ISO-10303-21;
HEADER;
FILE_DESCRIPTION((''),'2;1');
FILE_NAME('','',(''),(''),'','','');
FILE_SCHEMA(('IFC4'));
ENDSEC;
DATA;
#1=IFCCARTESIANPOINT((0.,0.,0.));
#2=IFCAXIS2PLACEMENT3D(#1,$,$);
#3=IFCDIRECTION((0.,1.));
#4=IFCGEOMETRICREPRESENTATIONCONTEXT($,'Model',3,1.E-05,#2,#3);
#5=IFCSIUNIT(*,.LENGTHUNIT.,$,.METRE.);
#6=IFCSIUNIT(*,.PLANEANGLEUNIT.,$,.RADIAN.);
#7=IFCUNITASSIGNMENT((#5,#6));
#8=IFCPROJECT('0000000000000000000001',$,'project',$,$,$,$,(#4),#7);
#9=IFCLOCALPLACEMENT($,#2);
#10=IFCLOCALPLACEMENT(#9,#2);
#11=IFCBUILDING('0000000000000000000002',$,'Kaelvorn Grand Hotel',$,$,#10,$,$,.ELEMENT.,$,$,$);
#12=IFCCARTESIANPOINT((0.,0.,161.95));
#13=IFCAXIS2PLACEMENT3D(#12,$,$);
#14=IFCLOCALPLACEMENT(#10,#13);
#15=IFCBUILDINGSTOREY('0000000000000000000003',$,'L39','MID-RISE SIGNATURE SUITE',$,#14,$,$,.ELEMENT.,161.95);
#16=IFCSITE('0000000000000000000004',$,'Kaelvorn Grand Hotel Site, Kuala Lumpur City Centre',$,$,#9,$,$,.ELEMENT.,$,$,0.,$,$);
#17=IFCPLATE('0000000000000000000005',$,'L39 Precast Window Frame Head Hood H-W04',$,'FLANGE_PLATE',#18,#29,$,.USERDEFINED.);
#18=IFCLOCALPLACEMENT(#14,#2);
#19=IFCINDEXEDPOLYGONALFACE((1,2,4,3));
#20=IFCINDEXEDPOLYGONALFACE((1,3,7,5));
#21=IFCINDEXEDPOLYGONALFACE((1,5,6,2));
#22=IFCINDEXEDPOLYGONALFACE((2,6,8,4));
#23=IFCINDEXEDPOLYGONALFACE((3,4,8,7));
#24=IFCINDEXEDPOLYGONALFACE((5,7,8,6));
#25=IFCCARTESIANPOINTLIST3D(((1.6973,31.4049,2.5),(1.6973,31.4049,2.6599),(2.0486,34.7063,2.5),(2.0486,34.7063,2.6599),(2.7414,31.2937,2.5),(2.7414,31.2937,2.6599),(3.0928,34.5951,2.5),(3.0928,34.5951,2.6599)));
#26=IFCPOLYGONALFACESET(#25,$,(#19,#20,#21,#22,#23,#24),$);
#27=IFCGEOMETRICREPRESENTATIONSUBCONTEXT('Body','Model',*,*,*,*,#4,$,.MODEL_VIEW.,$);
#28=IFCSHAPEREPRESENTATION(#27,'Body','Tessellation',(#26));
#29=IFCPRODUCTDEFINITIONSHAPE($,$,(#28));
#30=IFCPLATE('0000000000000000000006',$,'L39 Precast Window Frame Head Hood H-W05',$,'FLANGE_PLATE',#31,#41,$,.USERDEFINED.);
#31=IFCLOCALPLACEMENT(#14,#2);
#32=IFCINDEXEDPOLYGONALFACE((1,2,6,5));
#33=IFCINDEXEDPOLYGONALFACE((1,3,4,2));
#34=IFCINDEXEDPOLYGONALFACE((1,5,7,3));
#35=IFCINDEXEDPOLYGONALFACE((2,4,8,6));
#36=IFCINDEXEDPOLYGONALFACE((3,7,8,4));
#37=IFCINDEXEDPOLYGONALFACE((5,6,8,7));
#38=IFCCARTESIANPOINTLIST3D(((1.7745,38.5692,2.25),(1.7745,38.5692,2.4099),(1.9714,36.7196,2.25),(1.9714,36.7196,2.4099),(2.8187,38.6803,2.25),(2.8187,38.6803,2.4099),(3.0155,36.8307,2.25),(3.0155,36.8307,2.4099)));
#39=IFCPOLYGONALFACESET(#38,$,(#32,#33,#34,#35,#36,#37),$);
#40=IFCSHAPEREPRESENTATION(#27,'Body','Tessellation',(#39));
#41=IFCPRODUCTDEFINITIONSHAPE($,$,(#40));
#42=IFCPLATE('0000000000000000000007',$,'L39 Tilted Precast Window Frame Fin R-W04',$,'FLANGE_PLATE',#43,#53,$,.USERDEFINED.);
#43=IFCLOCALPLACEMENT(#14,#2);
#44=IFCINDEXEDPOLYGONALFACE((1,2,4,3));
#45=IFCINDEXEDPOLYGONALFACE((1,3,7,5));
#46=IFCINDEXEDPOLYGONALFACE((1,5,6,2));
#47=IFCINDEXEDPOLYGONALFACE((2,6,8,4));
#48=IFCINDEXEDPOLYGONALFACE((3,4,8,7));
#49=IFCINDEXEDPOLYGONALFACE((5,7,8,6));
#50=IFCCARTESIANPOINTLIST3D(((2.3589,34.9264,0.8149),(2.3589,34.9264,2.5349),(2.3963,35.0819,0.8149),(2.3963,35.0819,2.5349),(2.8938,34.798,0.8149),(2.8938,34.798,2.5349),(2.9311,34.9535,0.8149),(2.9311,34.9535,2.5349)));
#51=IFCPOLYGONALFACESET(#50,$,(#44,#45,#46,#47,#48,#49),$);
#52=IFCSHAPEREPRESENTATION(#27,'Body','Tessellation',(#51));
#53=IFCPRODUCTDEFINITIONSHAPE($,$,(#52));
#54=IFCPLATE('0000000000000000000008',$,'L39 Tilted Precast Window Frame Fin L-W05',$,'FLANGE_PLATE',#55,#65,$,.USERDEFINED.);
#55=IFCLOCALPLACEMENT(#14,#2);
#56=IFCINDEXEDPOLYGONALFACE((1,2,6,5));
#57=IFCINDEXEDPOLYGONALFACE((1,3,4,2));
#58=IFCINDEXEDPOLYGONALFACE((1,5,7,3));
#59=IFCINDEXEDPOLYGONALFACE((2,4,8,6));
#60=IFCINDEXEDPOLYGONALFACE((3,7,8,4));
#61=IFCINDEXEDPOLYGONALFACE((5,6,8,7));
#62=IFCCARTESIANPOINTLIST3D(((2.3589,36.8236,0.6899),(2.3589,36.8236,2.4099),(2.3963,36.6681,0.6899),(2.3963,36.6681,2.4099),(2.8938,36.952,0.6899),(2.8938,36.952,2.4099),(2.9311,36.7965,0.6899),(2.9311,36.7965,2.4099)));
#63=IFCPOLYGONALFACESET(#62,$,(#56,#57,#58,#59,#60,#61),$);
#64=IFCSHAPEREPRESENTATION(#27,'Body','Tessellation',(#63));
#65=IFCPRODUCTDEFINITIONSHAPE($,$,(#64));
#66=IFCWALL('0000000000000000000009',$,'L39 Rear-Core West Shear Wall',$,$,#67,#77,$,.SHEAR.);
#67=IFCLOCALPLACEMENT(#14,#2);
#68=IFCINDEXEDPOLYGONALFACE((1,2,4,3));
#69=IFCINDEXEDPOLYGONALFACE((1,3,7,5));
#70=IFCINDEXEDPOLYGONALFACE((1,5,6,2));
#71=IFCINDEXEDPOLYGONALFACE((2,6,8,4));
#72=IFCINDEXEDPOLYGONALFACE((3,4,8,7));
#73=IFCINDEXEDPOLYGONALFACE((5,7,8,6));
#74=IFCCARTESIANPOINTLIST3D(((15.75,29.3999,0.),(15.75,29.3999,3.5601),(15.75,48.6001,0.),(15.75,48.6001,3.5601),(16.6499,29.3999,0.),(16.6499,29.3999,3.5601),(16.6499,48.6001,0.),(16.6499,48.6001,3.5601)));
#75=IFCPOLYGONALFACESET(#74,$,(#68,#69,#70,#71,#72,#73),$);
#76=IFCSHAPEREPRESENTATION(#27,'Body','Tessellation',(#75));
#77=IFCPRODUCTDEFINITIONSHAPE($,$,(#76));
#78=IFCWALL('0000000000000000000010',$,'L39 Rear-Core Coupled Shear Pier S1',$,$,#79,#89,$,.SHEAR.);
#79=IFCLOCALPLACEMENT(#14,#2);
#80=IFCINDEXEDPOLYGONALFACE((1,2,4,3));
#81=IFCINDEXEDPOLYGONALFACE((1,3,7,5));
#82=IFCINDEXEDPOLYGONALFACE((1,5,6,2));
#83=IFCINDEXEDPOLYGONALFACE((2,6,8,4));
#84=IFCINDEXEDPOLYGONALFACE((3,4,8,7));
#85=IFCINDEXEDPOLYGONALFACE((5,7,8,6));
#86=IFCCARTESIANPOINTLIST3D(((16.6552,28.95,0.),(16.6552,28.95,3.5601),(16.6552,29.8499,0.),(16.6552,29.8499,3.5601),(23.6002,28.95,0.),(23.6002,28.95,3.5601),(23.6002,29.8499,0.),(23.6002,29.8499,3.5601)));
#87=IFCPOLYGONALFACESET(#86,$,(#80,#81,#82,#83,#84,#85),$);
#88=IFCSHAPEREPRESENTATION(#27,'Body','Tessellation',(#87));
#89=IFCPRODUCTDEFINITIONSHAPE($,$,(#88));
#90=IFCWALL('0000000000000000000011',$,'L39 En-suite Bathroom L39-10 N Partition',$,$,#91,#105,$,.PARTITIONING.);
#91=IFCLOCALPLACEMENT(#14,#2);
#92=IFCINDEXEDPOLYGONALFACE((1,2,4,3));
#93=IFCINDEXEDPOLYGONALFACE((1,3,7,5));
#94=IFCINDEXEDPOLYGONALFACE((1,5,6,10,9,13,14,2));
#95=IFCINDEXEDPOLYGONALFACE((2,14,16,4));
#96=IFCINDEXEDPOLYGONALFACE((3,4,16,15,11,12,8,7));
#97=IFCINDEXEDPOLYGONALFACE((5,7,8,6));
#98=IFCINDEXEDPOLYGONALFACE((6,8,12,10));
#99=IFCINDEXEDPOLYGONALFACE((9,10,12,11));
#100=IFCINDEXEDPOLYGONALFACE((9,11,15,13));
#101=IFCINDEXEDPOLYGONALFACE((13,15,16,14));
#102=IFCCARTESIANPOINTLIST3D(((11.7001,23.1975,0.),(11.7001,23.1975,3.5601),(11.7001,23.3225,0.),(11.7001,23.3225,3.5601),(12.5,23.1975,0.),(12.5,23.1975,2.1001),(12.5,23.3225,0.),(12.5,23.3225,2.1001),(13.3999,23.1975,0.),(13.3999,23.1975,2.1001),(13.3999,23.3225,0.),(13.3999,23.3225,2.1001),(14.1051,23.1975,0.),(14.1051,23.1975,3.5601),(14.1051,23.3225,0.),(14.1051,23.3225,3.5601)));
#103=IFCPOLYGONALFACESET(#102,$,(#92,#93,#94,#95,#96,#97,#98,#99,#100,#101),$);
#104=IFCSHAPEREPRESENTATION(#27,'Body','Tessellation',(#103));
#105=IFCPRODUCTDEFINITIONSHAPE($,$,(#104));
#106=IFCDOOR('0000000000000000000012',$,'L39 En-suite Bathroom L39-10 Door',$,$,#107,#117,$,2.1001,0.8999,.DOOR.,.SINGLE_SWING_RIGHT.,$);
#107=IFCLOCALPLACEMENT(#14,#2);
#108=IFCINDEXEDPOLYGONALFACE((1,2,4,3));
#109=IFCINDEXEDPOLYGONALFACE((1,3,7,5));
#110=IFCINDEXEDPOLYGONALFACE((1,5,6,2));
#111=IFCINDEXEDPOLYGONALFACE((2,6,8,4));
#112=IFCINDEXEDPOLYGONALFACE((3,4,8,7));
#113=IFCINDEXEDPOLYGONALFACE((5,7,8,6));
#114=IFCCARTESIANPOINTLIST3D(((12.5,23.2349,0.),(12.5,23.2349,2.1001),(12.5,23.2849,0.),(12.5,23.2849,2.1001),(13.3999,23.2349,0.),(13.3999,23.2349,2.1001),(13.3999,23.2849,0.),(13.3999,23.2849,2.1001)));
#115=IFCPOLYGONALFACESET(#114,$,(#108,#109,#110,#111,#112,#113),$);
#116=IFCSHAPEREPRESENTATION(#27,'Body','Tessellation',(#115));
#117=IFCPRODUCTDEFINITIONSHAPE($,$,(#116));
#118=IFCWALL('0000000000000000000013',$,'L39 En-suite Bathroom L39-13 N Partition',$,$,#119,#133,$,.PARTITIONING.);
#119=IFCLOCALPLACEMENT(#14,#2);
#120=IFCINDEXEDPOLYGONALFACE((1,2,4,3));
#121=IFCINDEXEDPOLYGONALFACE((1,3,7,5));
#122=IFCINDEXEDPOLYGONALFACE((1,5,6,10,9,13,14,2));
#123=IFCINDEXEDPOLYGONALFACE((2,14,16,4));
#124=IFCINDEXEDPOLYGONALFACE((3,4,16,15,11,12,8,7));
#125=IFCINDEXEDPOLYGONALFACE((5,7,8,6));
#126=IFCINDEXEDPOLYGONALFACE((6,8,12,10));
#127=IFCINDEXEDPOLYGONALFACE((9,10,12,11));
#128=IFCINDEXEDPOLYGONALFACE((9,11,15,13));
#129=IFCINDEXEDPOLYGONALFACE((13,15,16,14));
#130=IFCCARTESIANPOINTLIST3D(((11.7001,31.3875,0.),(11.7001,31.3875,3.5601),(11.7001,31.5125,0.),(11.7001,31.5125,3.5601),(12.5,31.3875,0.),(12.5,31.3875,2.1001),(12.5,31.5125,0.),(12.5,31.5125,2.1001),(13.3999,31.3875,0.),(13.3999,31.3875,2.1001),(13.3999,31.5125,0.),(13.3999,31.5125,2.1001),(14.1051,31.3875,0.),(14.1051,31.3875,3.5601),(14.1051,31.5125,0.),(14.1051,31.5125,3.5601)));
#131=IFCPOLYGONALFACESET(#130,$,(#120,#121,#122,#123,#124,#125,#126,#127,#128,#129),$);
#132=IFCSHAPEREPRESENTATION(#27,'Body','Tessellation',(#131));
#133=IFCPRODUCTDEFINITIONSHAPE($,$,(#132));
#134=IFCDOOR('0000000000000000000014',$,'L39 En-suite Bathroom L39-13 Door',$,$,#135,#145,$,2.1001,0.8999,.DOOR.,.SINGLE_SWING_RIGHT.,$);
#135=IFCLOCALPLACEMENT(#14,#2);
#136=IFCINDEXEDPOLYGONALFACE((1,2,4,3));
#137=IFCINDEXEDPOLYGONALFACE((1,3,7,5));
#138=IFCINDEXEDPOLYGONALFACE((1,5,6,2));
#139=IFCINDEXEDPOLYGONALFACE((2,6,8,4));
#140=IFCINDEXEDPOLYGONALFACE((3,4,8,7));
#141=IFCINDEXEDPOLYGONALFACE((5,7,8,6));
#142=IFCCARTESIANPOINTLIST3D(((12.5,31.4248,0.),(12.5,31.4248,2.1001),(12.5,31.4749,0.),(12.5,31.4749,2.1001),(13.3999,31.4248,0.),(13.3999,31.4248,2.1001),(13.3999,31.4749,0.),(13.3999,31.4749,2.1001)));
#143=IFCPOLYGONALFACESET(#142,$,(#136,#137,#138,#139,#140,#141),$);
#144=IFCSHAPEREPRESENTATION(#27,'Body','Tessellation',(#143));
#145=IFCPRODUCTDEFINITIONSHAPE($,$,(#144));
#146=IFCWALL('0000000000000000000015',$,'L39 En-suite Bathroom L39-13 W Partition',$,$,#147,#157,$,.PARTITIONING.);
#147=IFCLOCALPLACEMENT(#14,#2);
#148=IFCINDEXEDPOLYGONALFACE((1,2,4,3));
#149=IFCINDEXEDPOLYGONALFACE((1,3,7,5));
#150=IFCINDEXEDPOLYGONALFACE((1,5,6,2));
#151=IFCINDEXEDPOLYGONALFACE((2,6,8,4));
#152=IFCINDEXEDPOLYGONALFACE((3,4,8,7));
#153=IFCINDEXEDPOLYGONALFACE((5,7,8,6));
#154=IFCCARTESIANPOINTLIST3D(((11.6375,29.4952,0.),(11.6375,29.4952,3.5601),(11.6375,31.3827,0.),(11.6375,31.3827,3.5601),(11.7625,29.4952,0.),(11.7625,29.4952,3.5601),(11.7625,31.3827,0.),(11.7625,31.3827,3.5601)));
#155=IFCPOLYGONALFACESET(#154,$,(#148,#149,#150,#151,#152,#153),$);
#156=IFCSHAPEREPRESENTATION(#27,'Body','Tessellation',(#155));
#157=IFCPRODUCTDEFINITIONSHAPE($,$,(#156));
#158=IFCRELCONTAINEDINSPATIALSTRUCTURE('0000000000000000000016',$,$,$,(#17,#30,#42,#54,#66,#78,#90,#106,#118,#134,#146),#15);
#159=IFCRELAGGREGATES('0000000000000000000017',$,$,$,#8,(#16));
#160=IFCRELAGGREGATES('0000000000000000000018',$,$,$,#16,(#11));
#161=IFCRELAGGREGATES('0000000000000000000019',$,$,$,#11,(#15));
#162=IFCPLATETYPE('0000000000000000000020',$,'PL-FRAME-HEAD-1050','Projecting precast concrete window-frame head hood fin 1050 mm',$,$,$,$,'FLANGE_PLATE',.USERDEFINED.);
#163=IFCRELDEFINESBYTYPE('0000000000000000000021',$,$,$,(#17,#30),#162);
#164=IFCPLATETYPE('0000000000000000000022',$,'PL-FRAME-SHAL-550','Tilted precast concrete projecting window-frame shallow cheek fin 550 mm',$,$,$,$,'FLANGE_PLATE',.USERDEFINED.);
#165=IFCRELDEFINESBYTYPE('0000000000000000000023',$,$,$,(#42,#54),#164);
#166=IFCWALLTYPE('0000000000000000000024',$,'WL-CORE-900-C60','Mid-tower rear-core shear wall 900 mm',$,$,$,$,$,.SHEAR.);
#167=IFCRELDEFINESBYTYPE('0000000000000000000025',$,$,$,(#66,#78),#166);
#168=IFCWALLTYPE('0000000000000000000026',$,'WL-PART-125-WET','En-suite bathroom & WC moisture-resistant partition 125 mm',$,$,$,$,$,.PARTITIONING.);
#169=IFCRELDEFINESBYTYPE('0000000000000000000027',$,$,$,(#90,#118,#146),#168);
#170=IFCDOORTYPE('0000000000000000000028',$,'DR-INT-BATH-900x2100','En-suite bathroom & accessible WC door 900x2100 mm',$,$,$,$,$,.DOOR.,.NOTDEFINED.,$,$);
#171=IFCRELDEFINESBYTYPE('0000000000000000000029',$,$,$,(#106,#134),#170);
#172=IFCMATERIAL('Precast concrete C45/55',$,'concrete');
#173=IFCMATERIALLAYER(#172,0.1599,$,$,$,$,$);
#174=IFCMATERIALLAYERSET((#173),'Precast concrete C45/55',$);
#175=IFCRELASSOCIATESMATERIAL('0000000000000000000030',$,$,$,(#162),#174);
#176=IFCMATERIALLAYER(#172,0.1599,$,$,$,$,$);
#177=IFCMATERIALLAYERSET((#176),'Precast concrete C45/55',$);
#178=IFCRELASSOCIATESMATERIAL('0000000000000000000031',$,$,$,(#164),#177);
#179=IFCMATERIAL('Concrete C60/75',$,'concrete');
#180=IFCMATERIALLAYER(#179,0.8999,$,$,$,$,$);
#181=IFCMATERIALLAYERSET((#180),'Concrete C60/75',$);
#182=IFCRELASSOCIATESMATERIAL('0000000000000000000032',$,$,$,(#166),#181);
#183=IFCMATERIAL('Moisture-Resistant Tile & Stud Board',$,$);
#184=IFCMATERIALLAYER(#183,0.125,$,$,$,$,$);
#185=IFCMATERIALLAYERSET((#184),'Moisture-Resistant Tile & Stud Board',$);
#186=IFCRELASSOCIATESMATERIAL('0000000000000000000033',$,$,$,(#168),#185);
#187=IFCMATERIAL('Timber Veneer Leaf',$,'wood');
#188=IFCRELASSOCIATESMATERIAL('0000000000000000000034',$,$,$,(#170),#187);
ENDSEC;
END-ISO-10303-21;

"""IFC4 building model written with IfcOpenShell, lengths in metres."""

from ifc_helpers import new_model, si_unit, direction, frame, frame_2d, origin, origin_2d, place, context, subcontext, project, spatial, rectangle, extrude, material, layer, layer_set, type_object, element, fill, save


model = new_model("IFC4")

# Units and contexts
model_context = context("Model", 3, precision=1e-05, world=origin(), true_north=direction((0.0, 1.0)))
body_context = subcontext(model_context, "Body", "Model", "MODEL_VIEW")
ifc_project = project(units=[si_unit("LENGTHUNIT", "METRE"), si_unit("PLANEANGLEUNIT", "RADIAN")], contexts=[model_context])

# Site, building, storey
site_placement = place(None, origin())
site = spatial("IfcSite", under=ifc_project, at=site_placement, Name="Kaelvorn Grand Hotel Site, Kuala Lumpur City Centre", CompositionType="ELEMENT", RefElevation=0.0)
building_placement = place(site_placement, origin())
building = spatial("IfcBuilding", under=site, at=building_placement, Name="Kaelvorn Grand Hotel", CompositionType="ELEMENT")
storey_placement = place(building_placement, frame((0.0, 0.0, 161.95)))
storey = spatial("IfcBuildingStorey", under=building, at=storey_placement, Name="L39", Description="MID-RISE SIGNATURE SUITE", CompositionType="ELEMENT", Elevation=161.95)

# Shared definitions
ifc_material_1 = material(Name="Concrete C60/75", Category="concrete")

# Plates
ifc_material_2 = material(Name="Precast concrete C45/55", Category="concrete")
ifc_layer_1 = layer(ifc_material_2, 0.1599)
ifc_layer_set_1 = layer_set([ifc_layer_1], Name="Precast concrete C45/55")
plate_type_1 = type_object("IfcPlateType", Name="PL-FRAME-HEAD-1050", Description="Projecting precast concrete window-frame head hood fin 1050 mm", ElementType="FLANGE_PLATE", PredefinedType="USERDEFINED", material=ifc_layer_set_1)
for number, where, z_axis, x_axis, name in (
    (1, (2.395, 33.0, 2.5), (0.0, 0.0, 1.0), (0.10583, 0.994384, 0.0), "L39 Precast Window Frame Head Hood H-W04"),
):
    element("IfcPlate", number, at=place(storey_placement, frame(where, z_axis=z_axis, x_axis=x_axis)), inside=storey, type_object=plate_type_1, Name=name, ObjectType="FLANGE_PLATE", PredefinedType="USERDEFINED", context=body_context, shape_type="SweptSolid", body=[
        extrude(rectangle(XDim=3.3201, YDim=1.05, at=origin_2d()), origin(), (0.0, 0.0, 1.0), 0.1599),
    ])
plate_placement = place(storey_placement, frame((2.395, 37.7, 2.25), z_axis=(0.0, 0.0, 1.0), x_axis=(-0.10583, 0.994384, 0.0)))
element("IfcPlate", 2, at=plate_placement, inside=storey, type_object=plate_type_1, Name="L39 Precast Window Frame Head Hood H-W05", ObjectType="FLANGE_PLATE", PredefinedType="USERDEFINED", context=body_context, shape_type="SweptSolid", body=[
    extrude(rectangle(XDim=1.8601, YDim=1.05, at=origin_2d()), origin(), (0.0, 0.0, 1.0), 0.1599),
])
ifc_layer_2 = layer(ifc_material_2, 0.1599)
ifc_layer_set_2 = layer_set([ifc_layer_2], Name="Precast concrete C45/55")
plate_type_2 = type_object("IfcPlateType", Name="PL-FRAME-SHAL-550", Description="Tilted precast concrete projecting window-frame shallow cheek fin 550 mm", ElementType="FLANGE_PLATE", PredefinedType="USERDEFINED", material=ifc_layer_set_2)
for number, where, z_axis, x_axis, name in (
    (3, (2.645, 34.9399, 0.8149), (0.0, 0.0, 1.0), (0.233445, 0.97237, 0.0), "L39 Tilted Precast Window Frame Fin R-W04"),
    (4, (2.645, 36.8101, 0.6899), (0.0, 0.0, 1.0), (-0.233445, 0.97237, 0.0), "L39 Tilted Precast Window Frame Fin L-W05"),
):
    element("IfcPlate", number, at=place(storey_placement, frame(where, z_axis=z_axis, x_axis=x_axis)), inside=storey, type_object=plate_type_2, Name=name, ObjectType="FLANGE_PLATE", PredefinedType="USERDEFINED", context=body_context, shape_type="SweptSolid", body=[
        extrude(rectangle(XDim=0.1599, YDim=0.55, at=origin_2d()), origin(), (0.0, 0.0, 1.0), 1.72),
    ])

# Walls
ifc_layer_3 = layer(ifc_material_1, 0.8999)
ifc_layer_set_3 = layer_set([ifc_layer_3], Name="Concrete C60/75")
wall_type_1 = type_object("IfcWallType", Name="WL-CORE-900-C60", Description="Mid-tower rear-core shear wall 900 mm", PredefinedType="SHEAR", material=ifc_layer_set_3)
wall_1_placement = place(storey_placement, frame((16.2, 29.3999, 0.0), z_axis=(0.0, 0.0, 1.0), x_axis=(0.0, 1.0, 0.0)))
element("IfcWall", 5, at=wall_1_placement, inside=storey, type_object=wall_type_1, Name="L39 Rear-Core West Shear Wall", PredefinedType="SHEAR", context=body_context, shape_type="SweptSolid", body=[
    extrude(rectangle(XDim=19.2002, YDim=0.8999, at=frame_2d((9.6001, 0.0))), origin(), (0.0, 0.0, 1.0), 3.5601),
])
wall_2_placement = place(storey_placement, frame((16.655, 29.3999, 0.0), z_axis=(0.0, 0.0, 1.0), x_axis=(1.0, 0.0, 0.0)))
element("IfcWall", 6, at=wall_2_placement, inside=storey, type_object=wall_type_1, Name="L39 Rear-Core Coupled Shear Pier S1", PredefinedType="SHEAR", context=body_context, shape_type="SweptSolid", body=[
    extrude(rectangle(XDim=6.9451, YDim=0.8999, at=frame_2d((3.4727, 0.0))), origin(), (0.0, 0.0, 1.0), 3.5601),
])

# Walls, openings, doors
ifc_material_3 = material(Name="Moisture-Resistant Tile & Stud Board")
ifc_layer_4 = layer(ifc_material_3, 0.125)
ifc_layer_set_4 = layer_set([ifc_layer_4], Name="Moisture-Resistant Tile & Stud Board")
wall_type_2 = type_object("IfcWallType", Name="WL-PART-125-WET", Description="En-suite bathroom & WC moisture-resistant partition 125 mm", PredefinedType="PARTITIONING", material=ifc_layer_set_4)
wall_3_placement = place(storey_placement, frame((11.7, 23.26, 0.0), z_axis=(0.0, 0.0, 1.0), x_axis=(1.0, 0.0, 0.0)))
wall_3 = element("IfcWall", 7, at=wall_3_placement, inside=storey, type_object=wall_type_2, Name="L39 En-suite Bathroom L39-10 N Partition", PredefinedType="PARTITIONING", context=body_context, shape_type="SweptSolid", body=[
    extrude(rectangle(XDim=2.405, YDim=0.125, at=frame_2d((1.2026, 0.0))), origin(), (0.0, 0.0, 1.0), 3.5601),
])
opening_1_placement = place(wall_3_placement, frame((0.8, 0.0, 0.0)))
opening_1 = element("IfcOpeningElement", 8, at=opening_1_placement, cuts=wall_3, PredefinedType="OPENING", context=body_context, shape_type="SweptSolid", body=[
    extrude(rectangle(XDim=0.8999, YDim=2.1001, at=frame_2d((0.45, 1.05))), frame((0.0, 0.0725, 0.0), z_axis=(0.0, -1.0, 0.0), x_axis=(1.0, 0.0, 0.0)), (0.0, 0.0, 1.0), 0.145),
])
ifc_material_4 = material(Name="Timber Veneer Leaf", Category="wood")
door_type_1 = type_object("IfcDoorType", Name="DR-INT-BATH-900x2100", Description="En-suite bathroom & accessible WC door 900x2100 mm", OperationType="NOTDEFINED", PredefinedType="DOOR", material=ifc_material_4)
door_1_placement = place(opening_1_placement, origin())
door_1 = element("IfcDoor", 9, at=door_1_placement, inside=storey, type_object=door_type_1, Name="L39 En-suite Bathroom L39-10 Door", OperationType="SINGLE_SWING_RIGHT", OverallHeight=2.1001, OverallWidth=0.8999, PredefinedType="DOOR", context=body_context, shape_type="SweptSolid", body=[
    extrude(rectangle(XDim=0.8999, YDim=2.1001, at=frame_2d((0.45, 1.05))), frame((0.0, 0.0249, 0.0), z_axis=(0.0, -1.0, 0.0), x_axis=(1.0, 0.0, 0.0)), (0.0, 0.0, 1.0), 0.05),
])
fill(opening_1, door_1)
wall_4_placement = place(storey_placement, frame((11.7, 31.45, 0.0), z_axis=(0.0, 0.0, 1.0), x_axis=(1.0, 0.0, 0.0)))
wall_4 = element("IfcWall", 10, at=wall_4_placement, inside=storey, type_object=wall_type_2, Name="L39 En-suite Bathroom L39-13 N Partition", PredefinedType="PARTITIONING", context=body_context, shape_type="SweptSolid", body=[
    extrude(rectangle(XDim=2.405, YDim=0.125, at=frame_2d((1.2026, 0.0))), origin(), (0.0, 0.0, 1.0), 3.5601),
])
opening_2_placement = place(wall_4_placement, frame((0.8, 0.0, 0.0)))
opening_2 = element("IfcOpeningElement", 11, at=opening_2_placement, cuts=wall_4, PredefinedType="OPENING", context=body_context, shape_type="SweptSolid", body=[
    extrude(rectangle(XDim=0.8999, YDim=2.1001, at=frame_2d((0.45, 1.05))), frame((0.0, 0.0725, 0.0), z_axis=(0.0, -1.0, 0.0), x_axis=(1.0, 0.0, 0.0)), (0.0, 0.0, 1.0), 0.145),
])
door_2_placement = place(opening_2_placement, origin())
door_2 = element("IfcDoor", 12, at=door_2_placement, inside=storey, type_object=door_type_1, Name="L39 En-suite Bathroom L39-13 Door", OperationType="SINGLE_SWING_RIGHT", OverallHeight=2.1001, OverallWidth=0.8999, PredefinedType="DOOR", context=body_context, shape_type="SweptSolid", body=[
    extrude(rectangle(XDim=0.8999, YDim=2.1001, at=frame_2d((0.45, 1.05))), frame((0.0, 0.0249, 0.0), z_axis=(0.0, -1.0, 0.0), x_axis=(1.0, 0.0, 0.0)), (0.0, 0.0, 1.0), 0.05),
])
fill(opening_2, door_2)

# Wall
wall_5_placement = place(storey_placement, frame((11.7, 29.4951, 0.0), z_axis=(0.0, 0.0, 1.0), x_axis=(0.0, 1.0, 0.0)))
element("IfcWall", 13, at=wall_5_placement, inside=storey, type_object=wall_type_2, Name="L39 En-suite Bathroom L39-13 W Partition", PredefinedType="PARTITIONING", context=body_context, shape_type="SweptSolid", body=[
    extrude(rectangle(XDim=1.8875, YDim=0.125, at=frame_2d((0.9438, 0.0))), origin(), (0.0, 0.0, 1.0), 3.5601),
])

save(model, "model.ifc")
